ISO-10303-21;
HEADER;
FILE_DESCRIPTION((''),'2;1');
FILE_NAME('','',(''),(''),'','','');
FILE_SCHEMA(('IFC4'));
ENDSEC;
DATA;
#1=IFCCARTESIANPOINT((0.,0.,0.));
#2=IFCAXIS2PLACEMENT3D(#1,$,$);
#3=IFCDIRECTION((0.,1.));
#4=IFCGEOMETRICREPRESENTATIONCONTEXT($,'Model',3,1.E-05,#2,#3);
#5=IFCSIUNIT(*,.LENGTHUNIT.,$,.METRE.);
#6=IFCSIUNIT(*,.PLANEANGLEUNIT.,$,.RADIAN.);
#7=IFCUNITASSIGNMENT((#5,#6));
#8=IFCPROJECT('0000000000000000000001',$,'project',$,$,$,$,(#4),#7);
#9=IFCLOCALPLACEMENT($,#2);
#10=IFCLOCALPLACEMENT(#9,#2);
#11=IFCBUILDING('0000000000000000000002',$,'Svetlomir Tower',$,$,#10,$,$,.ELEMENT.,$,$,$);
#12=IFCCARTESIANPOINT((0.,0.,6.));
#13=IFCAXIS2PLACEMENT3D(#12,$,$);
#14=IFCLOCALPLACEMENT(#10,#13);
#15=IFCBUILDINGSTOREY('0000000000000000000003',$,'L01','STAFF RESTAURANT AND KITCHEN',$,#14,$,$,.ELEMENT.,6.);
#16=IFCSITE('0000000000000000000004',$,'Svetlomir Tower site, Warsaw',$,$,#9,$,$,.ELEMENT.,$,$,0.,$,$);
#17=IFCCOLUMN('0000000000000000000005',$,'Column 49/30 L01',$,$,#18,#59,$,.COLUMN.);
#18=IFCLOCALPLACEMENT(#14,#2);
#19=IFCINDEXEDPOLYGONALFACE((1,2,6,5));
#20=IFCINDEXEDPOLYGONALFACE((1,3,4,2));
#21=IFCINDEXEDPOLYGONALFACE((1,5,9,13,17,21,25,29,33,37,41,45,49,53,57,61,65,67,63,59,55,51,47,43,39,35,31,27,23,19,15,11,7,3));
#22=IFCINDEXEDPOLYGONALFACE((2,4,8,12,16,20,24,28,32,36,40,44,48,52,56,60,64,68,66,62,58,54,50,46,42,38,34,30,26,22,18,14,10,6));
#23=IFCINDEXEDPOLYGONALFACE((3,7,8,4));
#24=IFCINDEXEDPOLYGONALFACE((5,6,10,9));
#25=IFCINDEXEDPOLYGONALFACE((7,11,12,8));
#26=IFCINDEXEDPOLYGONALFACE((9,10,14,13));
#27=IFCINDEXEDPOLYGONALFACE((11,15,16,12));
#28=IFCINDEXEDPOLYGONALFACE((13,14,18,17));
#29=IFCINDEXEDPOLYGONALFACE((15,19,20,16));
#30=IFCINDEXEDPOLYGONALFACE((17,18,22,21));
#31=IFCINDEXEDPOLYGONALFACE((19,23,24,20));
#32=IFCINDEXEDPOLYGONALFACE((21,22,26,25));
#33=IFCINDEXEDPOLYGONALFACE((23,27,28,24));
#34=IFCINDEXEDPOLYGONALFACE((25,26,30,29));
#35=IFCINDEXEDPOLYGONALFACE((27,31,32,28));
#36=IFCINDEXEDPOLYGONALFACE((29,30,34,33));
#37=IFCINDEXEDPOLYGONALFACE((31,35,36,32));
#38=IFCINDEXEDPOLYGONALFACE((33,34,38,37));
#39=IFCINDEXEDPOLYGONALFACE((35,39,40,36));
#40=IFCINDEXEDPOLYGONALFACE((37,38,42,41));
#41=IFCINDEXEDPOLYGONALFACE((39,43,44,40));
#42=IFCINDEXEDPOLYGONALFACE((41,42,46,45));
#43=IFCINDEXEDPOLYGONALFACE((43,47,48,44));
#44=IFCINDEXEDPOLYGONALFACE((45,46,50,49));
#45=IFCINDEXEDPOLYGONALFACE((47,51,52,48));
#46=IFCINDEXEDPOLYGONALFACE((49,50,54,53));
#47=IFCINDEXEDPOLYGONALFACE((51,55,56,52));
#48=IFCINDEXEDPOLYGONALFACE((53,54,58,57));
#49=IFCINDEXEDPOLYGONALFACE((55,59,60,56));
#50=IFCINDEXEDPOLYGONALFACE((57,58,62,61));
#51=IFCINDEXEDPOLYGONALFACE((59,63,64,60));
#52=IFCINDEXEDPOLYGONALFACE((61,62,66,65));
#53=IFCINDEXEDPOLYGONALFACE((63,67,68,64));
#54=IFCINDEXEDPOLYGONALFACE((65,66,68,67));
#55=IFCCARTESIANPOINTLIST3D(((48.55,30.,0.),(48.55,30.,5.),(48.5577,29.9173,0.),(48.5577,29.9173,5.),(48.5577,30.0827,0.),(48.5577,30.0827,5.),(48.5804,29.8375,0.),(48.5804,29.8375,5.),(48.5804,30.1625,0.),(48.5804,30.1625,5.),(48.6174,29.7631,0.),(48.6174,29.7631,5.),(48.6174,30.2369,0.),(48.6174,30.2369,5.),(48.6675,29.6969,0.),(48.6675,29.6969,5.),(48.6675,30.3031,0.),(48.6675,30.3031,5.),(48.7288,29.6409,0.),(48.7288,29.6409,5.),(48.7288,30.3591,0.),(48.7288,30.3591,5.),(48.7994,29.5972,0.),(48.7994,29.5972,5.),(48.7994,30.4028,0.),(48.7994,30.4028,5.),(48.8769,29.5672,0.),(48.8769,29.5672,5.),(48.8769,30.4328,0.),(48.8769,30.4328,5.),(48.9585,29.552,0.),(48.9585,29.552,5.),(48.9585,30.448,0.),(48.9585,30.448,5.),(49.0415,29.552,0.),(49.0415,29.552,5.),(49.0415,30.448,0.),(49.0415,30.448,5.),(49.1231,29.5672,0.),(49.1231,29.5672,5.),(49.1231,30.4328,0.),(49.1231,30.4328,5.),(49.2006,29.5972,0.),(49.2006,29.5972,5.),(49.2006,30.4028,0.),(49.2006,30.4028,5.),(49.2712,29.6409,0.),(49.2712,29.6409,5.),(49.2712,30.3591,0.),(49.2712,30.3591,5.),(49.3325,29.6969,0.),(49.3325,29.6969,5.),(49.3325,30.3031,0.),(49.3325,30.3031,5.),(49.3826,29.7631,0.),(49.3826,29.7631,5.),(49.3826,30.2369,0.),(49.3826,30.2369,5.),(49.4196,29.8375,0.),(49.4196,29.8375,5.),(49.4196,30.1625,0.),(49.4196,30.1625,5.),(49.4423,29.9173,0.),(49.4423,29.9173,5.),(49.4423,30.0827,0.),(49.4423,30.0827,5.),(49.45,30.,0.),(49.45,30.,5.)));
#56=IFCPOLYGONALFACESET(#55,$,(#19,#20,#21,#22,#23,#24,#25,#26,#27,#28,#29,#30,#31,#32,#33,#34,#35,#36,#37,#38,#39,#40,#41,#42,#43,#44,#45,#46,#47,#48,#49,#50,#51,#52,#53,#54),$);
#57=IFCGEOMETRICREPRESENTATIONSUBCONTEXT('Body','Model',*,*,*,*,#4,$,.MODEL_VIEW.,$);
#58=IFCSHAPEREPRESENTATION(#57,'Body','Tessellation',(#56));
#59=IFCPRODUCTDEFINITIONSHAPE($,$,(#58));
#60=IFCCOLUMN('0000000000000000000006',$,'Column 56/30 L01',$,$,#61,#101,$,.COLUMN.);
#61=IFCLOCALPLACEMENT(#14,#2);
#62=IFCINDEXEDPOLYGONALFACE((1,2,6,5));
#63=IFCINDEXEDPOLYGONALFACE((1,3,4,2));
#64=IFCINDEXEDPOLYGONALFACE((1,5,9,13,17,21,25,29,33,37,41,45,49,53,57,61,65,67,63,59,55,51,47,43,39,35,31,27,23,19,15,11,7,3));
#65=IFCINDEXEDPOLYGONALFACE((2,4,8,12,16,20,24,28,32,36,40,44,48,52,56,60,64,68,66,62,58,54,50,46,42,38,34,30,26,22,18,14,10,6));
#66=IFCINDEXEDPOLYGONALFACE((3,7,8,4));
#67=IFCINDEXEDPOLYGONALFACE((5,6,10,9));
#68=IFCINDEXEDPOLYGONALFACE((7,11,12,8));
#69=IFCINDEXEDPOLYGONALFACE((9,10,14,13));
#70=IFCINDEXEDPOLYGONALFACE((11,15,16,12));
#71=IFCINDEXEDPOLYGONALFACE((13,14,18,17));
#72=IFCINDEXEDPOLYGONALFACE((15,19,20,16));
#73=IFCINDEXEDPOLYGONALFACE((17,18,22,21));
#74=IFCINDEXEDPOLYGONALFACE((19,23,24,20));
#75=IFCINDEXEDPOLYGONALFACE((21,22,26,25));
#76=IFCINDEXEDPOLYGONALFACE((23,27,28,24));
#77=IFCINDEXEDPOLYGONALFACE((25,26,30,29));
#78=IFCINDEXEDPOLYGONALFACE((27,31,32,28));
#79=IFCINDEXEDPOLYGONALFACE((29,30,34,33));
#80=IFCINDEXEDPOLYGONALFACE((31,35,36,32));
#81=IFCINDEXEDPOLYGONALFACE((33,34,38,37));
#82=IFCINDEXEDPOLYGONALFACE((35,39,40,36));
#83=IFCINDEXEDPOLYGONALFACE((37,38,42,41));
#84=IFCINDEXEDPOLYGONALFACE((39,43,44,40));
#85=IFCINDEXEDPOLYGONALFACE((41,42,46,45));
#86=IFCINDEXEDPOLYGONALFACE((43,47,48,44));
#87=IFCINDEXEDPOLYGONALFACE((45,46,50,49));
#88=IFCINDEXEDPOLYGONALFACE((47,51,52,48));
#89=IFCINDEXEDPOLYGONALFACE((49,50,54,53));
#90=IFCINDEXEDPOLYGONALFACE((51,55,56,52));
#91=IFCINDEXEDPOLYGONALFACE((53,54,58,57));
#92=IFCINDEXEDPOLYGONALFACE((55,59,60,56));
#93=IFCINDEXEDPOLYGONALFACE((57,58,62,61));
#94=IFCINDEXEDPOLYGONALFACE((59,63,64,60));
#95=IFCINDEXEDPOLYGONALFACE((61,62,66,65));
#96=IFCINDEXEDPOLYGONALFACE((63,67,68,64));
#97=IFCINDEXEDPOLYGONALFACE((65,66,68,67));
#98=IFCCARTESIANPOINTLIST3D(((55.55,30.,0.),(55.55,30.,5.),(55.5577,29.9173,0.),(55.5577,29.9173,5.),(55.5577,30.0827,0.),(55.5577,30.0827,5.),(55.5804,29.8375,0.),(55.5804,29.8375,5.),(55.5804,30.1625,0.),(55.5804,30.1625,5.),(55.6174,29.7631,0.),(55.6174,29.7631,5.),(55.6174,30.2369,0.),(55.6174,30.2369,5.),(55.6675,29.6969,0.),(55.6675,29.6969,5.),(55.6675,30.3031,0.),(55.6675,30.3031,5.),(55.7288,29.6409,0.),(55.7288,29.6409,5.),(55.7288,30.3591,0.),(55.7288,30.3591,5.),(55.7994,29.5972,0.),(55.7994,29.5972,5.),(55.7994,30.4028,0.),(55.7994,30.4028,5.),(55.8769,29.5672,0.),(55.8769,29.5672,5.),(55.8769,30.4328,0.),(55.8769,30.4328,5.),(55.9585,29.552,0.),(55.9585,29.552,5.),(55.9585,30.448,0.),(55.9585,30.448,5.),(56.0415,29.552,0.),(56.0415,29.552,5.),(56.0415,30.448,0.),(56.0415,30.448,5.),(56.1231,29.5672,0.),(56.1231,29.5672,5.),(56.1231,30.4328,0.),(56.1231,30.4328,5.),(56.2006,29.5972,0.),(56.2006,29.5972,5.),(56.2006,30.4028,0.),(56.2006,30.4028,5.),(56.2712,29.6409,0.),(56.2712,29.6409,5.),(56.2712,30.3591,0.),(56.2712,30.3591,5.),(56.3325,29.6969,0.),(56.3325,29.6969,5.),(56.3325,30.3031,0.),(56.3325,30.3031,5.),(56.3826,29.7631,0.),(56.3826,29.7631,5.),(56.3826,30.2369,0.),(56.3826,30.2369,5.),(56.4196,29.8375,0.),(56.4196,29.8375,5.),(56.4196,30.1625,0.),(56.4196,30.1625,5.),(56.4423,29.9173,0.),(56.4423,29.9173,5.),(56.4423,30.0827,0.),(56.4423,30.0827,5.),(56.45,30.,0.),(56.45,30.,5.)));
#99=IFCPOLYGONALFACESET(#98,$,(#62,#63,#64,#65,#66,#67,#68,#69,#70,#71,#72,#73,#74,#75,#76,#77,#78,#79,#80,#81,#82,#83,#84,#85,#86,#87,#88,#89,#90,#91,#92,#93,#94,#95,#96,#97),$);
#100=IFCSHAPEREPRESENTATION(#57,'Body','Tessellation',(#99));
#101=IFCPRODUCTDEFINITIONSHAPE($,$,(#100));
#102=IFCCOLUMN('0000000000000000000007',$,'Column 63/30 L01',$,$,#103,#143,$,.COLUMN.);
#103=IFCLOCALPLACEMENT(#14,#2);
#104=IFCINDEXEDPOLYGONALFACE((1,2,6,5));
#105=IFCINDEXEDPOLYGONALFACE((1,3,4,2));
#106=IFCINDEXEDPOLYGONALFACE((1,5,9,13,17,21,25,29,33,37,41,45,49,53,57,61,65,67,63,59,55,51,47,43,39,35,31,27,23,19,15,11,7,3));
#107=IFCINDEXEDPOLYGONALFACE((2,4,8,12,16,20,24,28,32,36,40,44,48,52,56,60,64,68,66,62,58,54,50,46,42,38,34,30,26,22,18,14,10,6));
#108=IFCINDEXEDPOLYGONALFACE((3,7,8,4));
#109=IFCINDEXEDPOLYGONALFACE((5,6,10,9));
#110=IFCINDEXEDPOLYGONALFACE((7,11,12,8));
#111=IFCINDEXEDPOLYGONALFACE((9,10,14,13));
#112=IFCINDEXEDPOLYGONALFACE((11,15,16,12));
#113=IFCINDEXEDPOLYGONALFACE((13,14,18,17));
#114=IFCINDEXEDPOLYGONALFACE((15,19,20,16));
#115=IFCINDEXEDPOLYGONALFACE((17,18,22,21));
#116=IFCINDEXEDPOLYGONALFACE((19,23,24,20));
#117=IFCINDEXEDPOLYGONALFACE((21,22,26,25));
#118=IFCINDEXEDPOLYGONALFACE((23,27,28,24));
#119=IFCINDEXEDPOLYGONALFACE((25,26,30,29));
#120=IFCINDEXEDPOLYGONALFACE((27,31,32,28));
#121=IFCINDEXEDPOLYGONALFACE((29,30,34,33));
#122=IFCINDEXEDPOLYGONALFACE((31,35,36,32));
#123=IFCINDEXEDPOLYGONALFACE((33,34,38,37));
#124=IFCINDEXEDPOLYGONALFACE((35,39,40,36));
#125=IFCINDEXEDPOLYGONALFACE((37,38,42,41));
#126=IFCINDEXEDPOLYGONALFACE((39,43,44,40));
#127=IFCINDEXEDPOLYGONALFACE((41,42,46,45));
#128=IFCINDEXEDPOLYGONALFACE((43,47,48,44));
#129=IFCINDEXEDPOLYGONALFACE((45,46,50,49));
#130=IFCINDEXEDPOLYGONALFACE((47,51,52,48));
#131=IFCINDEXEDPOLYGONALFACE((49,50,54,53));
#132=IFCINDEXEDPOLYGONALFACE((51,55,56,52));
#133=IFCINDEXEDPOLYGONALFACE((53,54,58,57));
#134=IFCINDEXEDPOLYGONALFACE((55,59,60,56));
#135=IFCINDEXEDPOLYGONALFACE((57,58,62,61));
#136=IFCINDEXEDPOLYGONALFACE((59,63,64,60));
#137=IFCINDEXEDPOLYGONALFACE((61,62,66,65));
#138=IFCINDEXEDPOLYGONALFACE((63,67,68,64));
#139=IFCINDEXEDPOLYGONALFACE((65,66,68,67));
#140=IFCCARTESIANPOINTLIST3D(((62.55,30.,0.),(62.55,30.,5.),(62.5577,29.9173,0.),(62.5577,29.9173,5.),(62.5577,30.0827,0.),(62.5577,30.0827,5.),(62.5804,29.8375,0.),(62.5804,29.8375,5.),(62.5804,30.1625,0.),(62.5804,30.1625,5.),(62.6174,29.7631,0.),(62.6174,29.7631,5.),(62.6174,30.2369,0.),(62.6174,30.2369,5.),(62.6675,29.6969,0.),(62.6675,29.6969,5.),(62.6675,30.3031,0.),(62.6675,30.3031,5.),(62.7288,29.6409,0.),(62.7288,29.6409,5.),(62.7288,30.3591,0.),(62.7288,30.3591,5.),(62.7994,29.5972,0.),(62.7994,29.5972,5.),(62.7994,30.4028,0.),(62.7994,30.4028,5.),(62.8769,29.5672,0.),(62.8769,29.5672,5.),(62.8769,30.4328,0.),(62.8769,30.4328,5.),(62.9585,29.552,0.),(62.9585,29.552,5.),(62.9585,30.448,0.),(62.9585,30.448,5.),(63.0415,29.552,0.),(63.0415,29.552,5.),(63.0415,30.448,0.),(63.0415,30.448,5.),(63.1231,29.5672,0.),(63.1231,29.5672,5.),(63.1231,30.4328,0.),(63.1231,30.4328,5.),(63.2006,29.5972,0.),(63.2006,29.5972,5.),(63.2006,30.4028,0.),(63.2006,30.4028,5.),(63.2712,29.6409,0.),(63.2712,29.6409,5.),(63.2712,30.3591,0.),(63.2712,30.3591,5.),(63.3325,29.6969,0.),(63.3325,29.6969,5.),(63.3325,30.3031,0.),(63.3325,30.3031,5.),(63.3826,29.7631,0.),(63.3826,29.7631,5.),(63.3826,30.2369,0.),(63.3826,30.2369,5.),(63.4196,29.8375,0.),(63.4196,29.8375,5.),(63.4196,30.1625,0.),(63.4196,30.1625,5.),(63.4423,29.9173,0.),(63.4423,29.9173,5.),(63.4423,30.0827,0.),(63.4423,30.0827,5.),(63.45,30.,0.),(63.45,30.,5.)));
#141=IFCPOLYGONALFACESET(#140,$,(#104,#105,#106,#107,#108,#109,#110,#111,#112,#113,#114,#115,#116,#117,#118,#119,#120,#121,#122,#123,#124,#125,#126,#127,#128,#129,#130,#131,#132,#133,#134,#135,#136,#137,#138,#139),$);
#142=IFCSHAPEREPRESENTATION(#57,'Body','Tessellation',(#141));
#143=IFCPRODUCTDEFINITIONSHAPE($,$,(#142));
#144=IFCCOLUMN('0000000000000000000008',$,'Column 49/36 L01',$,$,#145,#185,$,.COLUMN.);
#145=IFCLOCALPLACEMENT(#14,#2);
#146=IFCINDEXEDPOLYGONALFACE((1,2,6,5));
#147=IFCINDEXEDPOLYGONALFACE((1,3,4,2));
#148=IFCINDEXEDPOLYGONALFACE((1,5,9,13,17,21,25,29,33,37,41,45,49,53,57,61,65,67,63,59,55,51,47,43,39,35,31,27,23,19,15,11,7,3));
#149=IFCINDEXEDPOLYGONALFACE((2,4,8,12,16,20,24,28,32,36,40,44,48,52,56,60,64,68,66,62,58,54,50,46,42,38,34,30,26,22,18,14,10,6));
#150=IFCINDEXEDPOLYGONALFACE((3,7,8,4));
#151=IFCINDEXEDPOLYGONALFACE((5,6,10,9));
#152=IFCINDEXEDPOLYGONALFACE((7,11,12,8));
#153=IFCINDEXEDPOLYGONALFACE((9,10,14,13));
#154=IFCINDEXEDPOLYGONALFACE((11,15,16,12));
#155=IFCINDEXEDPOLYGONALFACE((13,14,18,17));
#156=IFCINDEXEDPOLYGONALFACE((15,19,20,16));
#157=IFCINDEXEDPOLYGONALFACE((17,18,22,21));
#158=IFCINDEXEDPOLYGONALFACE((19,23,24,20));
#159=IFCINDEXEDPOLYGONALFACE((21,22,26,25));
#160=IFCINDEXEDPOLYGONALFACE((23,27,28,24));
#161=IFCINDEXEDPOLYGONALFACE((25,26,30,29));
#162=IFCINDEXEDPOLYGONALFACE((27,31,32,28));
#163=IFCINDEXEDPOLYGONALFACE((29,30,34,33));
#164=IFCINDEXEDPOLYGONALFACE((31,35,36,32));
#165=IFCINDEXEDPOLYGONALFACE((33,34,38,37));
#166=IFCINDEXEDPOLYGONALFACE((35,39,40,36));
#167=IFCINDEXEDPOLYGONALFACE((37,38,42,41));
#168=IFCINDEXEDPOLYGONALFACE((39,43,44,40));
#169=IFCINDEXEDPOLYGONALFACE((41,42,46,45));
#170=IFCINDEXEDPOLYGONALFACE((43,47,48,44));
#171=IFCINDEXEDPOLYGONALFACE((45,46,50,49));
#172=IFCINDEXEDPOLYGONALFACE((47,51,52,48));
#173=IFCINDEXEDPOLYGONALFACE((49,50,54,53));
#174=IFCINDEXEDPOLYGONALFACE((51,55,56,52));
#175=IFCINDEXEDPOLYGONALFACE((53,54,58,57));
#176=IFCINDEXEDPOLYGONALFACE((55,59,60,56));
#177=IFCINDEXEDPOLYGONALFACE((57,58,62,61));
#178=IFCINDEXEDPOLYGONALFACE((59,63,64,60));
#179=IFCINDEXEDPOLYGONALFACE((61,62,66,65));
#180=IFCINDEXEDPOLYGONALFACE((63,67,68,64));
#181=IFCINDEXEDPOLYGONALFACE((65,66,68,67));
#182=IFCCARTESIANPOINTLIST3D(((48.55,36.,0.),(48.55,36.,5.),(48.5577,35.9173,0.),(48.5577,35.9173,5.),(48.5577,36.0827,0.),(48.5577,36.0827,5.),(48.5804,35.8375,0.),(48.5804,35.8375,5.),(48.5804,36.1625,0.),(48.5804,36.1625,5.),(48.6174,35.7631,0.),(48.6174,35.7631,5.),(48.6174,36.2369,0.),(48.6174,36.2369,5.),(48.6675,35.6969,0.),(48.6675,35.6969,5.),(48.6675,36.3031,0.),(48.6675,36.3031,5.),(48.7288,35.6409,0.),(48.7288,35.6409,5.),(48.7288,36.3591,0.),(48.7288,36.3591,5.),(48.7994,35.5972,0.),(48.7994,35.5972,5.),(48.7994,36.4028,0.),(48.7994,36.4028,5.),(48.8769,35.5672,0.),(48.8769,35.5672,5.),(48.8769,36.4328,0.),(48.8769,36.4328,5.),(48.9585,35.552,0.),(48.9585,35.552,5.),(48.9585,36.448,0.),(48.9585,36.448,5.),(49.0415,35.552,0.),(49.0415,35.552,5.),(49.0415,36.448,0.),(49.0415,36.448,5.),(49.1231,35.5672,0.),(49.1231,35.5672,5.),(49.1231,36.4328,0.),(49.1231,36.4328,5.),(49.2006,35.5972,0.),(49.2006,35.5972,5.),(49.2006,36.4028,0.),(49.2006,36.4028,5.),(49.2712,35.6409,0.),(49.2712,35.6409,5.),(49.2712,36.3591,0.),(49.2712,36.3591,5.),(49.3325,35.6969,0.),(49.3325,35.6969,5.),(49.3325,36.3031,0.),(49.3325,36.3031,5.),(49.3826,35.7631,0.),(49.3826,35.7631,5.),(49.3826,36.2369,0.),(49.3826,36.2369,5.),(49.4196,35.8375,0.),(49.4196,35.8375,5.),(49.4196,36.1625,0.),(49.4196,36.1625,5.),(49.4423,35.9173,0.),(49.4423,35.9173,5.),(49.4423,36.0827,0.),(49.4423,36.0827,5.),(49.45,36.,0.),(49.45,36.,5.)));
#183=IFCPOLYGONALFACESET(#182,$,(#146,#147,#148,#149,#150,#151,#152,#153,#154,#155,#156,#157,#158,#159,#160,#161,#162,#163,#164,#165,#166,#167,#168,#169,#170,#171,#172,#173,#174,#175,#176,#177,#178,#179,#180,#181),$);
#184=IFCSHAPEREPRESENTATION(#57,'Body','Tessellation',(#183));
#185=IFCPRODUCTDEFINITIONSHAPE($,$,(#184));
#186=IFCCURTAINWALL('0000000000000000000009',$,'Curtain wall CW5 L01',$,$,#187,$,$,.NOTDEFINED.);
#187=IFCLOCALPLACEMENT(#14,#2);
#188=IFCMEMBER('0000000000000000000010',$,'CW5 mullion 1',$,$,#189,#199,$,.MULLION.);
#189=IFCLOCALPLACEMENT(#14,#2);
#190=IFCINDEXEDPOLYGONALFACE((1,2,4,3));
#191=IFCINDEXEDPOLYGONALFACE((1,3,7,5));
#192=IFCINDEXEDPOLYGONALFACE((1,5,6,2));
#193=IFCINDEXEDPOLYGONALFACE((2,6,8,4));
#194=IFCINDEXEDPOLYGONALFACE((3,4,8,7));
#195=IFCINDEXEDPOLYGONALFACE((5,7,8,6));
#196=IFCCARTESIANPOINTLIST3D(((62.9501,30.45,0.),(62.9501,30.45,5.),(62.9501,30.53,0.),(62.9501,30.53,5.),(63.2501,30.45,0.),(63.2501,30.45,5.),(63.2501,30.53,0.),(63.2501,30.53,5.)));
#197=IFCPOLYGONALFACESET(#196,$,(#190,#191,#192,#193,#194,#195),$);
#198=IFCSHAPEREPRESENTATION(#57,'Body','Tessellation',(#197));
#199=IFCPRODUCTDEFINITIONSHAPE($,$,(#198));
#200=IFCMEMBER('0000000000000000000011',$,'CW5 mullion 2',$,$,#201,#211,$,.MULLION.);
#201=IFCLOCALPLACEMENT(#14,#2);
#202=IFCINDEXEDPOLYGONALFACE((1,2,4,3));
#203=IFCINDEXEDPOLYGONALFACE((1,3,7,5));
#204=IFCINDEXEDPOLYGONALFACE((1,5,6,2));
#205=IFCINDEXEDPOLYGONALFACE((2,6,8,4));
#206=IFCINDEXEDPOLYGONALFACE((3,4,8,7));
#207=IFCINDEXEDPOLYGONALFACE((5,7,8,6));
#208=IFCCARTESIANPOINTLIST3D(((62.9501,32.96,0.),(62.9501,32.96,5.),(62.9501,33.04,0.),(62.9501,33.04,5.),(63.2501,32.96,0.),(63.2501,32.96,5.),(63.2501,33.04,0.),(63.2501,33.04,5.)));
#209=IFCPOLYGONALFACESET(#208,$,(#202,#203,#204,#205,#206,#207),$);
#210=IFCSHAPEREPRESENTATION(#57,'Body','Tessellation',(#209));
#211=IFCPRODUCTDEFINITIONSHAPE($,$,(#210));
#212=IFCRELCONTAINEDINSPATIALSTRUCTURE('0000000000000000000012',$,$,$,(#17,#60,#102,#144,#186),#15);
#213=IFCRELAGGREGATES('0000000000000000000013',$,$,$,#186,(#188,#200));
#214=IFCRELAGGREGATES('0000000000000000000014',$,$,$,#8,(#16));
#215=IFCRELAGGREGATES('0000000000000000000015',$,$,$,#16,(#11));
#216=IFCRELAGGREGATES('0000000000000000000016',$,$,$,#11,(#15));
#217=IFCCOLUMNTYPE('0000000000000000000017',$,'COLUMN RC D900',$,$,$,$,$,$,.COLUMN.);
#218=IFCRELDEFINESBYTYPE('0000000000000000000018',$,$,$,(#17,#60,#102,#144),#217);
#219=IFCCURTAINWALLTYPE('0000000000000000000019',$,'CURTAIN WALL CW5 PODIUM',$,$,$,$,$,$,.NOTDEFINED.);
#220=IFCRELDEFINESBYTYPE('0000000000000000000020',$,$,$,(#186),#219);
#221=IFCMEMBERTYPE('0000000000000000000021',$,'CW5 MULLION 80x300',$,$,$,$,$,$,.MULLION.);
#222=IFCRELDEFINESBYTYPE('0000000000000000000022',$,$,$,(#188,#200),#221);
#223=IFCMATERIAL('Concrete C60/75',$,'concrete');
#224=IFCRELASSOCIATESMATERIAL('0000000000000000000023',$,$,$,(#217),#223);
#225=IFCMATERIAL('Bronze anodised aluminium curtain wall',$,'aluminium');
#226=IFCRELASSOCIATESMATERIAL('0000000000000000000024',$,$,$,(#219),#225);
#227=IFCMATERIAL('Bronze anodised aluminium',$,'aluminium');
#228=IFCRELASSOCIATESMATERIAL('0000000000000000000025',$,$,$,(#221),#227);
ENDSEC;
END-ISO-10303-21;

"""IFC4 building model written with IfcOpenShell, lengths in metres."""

from ifc_helpers import new_model, si_unit, direction, frame, origin, origin_2d, place, context, subcontext, project, spatial, rectangle, circle, extrude, material, material_profile, profile_set, type_object, element, aggregate, save


model = new_model("IFC4")

# Units and contexts
model_context = context("Model", 3, precision=1e-05, world=origin(), true_north=direction((0.0, 1.0)))
body_context = subcontext(model_context, "Body", "Model", "MODEL_VIEW")
ifc_project = project(units=[si_unit("LENGTHUNIT", "METRE"), si_unit("PLANEANGLEUNIT", "RADIAN")], contexts=[model_context])

# Site, building, storey
site_placement = place(None, origin())
site = spatial("IfcSite", under=ifc_project, at=site_placement, Name="Svetlomir Tower site, Warsaw", CompositionType="ELEMENT", RefElevation=0.0)
building_placement = place(site_placement, origin())
building = spatial("IfcBuilding", under=site, at=building_placement, Name="Svetlomir Tower", CompositionType="ELEMENT")
storey_placement = place(building_placement, frame((0.0, 0.0, 6.0)))
storey = spatial("IfcBuildingStorey", under=building, at=storey_placement, Name="L01", Description="STAFF RESTAURANT AND KITCHEN", CompositionType="ELEMENT", Elevation=6.0)

# Columns
ifc_material_1 = material(Name="Concrete C60/75", Category="concrete")
ifc_material_profile_1 = material_profile(ifc_material_1, circle(Radius=0.45, at=origin_2d()), Name="RC D900")
ifc_profile_set_1 = profile_set([ifc_material_profile_1], Name="Concrete C60/75")
column_type = type_object("IfcColumnType", Name="COLUMN RC D900", PredefinedType="COLUMN", material=ifc_profile_set_1)
for number, where, z_axis, x_axis, name in (
    (1, (49.0, 30.0, 0.0), (0.0, 0.0, 1.0), (1.0, 0.0, 0.0), "Column 49/30 L01"),
    (2, (56.0, 30.0, 0.0), (0.0, 0.0, 1.0), (1.0, 0.0, 0.0), "Column 56/30 L01"),
    (3, (63.0, 30.0, 0.0), (0.0, 0.0, 1.0), (1.0, 0.0, 0.0), "Column 63/30 L01"),
    (4, (49.0, 36.0, 0.0), (0.0, 0.0, 1.0), (1.0, 0.0, 0.0), "Column 49/36 L01"),
):
    element("IfcColumn", number, at=place(storey_placement, frame(where, z_axis=z_axis, x_axis=x_axis)), inside=storey, type_object=column_type, Name=name, PredefinedType="COLUMN", context=body_context, shape_type="SweptSolid", body=[
        extrude(circle(Radius=0.45, at=origin_2d()), origin(), (0.0, 0.0, 1.0), 5.0),
    ])

# Curtain wall, members
ifc_material_2 = material(Name="Bronze anodised aluminium curtain wall", Category="aluminium")
curtain_wall_type = type_object("IfcCurtainWallType", Name="CURTAIN WALL CW5 PODIUM", PredefinedType="NOTDEFINED", material=ifc_material_2)
curtain_wall_placement = place(storey_placement, origin())
curtain_wall = element("IfcCurtainWall", 5, at=curtain_wall_placement, inside=storey, type_object=curtain_wall_type, Name="Curtain wall CW5 L01", PredefinedType="NOTDEFINED")
ifc_material_3 = material(Name="Bronze anodised aluminium", Category="aluminium")
ifc_material_profile_2 = material_profile(ifc_material_3, rectangle(XDim=0.0801, YDim=0.3, at=origin_2d()), Name="AL 80x300")
ifc_profile_set_2 = profile_set([ifc_material_profile_2], Name="Bronze anodised aluminium 6063-T6")
member_type_1 = type_object("IfcMemberType", Name="CW5 MULLION 80x300", PredefinedType="MULLION", material=ifc_profile_set_2)
member_1_placement = place(storey_placement, frame((63.1001, 30.49, 0.0), z_axis=(0.0, 0.0, 1.0), x_axis=(0.0, 1.0, 0.0)))
member_1 = element("IfcMember", 6, at=member_1_placement, type_object=member_type_1, Name="CW5 mullion 1", PredefinedType="MULLION", context=body_context, shape_type="SweptSolid", body=[
    extrude(rectangle(XDim=0.0801, YDim=0.3, at=origin_2d()), origin(), (0.0, 0.0, 1.0), 5.0),
])
member_2_placement = place(storey_placement, frame((63.1001, 33.0, 0.0), z_axis=(0.0, 0.0, 1.0), x_axis=(0.0, 1.0, 0.0)))
member_2 = element("IfcMember", 7, at=member_2_placement, type_object=member_type_1, Name="CW5 mullion 2", PredefinedType="MULLION", context=body_context, shape_type="SweptSolid", body=[
    extrude(rectangle(XDim=0.0801, YDim=0.3, at=origin_2d()), origin(), (0.0, 0.0, 1.0), 5.0),
])

aggregate(curtain_wall, [member_1, member_2])

save(model, "model.ifc")
